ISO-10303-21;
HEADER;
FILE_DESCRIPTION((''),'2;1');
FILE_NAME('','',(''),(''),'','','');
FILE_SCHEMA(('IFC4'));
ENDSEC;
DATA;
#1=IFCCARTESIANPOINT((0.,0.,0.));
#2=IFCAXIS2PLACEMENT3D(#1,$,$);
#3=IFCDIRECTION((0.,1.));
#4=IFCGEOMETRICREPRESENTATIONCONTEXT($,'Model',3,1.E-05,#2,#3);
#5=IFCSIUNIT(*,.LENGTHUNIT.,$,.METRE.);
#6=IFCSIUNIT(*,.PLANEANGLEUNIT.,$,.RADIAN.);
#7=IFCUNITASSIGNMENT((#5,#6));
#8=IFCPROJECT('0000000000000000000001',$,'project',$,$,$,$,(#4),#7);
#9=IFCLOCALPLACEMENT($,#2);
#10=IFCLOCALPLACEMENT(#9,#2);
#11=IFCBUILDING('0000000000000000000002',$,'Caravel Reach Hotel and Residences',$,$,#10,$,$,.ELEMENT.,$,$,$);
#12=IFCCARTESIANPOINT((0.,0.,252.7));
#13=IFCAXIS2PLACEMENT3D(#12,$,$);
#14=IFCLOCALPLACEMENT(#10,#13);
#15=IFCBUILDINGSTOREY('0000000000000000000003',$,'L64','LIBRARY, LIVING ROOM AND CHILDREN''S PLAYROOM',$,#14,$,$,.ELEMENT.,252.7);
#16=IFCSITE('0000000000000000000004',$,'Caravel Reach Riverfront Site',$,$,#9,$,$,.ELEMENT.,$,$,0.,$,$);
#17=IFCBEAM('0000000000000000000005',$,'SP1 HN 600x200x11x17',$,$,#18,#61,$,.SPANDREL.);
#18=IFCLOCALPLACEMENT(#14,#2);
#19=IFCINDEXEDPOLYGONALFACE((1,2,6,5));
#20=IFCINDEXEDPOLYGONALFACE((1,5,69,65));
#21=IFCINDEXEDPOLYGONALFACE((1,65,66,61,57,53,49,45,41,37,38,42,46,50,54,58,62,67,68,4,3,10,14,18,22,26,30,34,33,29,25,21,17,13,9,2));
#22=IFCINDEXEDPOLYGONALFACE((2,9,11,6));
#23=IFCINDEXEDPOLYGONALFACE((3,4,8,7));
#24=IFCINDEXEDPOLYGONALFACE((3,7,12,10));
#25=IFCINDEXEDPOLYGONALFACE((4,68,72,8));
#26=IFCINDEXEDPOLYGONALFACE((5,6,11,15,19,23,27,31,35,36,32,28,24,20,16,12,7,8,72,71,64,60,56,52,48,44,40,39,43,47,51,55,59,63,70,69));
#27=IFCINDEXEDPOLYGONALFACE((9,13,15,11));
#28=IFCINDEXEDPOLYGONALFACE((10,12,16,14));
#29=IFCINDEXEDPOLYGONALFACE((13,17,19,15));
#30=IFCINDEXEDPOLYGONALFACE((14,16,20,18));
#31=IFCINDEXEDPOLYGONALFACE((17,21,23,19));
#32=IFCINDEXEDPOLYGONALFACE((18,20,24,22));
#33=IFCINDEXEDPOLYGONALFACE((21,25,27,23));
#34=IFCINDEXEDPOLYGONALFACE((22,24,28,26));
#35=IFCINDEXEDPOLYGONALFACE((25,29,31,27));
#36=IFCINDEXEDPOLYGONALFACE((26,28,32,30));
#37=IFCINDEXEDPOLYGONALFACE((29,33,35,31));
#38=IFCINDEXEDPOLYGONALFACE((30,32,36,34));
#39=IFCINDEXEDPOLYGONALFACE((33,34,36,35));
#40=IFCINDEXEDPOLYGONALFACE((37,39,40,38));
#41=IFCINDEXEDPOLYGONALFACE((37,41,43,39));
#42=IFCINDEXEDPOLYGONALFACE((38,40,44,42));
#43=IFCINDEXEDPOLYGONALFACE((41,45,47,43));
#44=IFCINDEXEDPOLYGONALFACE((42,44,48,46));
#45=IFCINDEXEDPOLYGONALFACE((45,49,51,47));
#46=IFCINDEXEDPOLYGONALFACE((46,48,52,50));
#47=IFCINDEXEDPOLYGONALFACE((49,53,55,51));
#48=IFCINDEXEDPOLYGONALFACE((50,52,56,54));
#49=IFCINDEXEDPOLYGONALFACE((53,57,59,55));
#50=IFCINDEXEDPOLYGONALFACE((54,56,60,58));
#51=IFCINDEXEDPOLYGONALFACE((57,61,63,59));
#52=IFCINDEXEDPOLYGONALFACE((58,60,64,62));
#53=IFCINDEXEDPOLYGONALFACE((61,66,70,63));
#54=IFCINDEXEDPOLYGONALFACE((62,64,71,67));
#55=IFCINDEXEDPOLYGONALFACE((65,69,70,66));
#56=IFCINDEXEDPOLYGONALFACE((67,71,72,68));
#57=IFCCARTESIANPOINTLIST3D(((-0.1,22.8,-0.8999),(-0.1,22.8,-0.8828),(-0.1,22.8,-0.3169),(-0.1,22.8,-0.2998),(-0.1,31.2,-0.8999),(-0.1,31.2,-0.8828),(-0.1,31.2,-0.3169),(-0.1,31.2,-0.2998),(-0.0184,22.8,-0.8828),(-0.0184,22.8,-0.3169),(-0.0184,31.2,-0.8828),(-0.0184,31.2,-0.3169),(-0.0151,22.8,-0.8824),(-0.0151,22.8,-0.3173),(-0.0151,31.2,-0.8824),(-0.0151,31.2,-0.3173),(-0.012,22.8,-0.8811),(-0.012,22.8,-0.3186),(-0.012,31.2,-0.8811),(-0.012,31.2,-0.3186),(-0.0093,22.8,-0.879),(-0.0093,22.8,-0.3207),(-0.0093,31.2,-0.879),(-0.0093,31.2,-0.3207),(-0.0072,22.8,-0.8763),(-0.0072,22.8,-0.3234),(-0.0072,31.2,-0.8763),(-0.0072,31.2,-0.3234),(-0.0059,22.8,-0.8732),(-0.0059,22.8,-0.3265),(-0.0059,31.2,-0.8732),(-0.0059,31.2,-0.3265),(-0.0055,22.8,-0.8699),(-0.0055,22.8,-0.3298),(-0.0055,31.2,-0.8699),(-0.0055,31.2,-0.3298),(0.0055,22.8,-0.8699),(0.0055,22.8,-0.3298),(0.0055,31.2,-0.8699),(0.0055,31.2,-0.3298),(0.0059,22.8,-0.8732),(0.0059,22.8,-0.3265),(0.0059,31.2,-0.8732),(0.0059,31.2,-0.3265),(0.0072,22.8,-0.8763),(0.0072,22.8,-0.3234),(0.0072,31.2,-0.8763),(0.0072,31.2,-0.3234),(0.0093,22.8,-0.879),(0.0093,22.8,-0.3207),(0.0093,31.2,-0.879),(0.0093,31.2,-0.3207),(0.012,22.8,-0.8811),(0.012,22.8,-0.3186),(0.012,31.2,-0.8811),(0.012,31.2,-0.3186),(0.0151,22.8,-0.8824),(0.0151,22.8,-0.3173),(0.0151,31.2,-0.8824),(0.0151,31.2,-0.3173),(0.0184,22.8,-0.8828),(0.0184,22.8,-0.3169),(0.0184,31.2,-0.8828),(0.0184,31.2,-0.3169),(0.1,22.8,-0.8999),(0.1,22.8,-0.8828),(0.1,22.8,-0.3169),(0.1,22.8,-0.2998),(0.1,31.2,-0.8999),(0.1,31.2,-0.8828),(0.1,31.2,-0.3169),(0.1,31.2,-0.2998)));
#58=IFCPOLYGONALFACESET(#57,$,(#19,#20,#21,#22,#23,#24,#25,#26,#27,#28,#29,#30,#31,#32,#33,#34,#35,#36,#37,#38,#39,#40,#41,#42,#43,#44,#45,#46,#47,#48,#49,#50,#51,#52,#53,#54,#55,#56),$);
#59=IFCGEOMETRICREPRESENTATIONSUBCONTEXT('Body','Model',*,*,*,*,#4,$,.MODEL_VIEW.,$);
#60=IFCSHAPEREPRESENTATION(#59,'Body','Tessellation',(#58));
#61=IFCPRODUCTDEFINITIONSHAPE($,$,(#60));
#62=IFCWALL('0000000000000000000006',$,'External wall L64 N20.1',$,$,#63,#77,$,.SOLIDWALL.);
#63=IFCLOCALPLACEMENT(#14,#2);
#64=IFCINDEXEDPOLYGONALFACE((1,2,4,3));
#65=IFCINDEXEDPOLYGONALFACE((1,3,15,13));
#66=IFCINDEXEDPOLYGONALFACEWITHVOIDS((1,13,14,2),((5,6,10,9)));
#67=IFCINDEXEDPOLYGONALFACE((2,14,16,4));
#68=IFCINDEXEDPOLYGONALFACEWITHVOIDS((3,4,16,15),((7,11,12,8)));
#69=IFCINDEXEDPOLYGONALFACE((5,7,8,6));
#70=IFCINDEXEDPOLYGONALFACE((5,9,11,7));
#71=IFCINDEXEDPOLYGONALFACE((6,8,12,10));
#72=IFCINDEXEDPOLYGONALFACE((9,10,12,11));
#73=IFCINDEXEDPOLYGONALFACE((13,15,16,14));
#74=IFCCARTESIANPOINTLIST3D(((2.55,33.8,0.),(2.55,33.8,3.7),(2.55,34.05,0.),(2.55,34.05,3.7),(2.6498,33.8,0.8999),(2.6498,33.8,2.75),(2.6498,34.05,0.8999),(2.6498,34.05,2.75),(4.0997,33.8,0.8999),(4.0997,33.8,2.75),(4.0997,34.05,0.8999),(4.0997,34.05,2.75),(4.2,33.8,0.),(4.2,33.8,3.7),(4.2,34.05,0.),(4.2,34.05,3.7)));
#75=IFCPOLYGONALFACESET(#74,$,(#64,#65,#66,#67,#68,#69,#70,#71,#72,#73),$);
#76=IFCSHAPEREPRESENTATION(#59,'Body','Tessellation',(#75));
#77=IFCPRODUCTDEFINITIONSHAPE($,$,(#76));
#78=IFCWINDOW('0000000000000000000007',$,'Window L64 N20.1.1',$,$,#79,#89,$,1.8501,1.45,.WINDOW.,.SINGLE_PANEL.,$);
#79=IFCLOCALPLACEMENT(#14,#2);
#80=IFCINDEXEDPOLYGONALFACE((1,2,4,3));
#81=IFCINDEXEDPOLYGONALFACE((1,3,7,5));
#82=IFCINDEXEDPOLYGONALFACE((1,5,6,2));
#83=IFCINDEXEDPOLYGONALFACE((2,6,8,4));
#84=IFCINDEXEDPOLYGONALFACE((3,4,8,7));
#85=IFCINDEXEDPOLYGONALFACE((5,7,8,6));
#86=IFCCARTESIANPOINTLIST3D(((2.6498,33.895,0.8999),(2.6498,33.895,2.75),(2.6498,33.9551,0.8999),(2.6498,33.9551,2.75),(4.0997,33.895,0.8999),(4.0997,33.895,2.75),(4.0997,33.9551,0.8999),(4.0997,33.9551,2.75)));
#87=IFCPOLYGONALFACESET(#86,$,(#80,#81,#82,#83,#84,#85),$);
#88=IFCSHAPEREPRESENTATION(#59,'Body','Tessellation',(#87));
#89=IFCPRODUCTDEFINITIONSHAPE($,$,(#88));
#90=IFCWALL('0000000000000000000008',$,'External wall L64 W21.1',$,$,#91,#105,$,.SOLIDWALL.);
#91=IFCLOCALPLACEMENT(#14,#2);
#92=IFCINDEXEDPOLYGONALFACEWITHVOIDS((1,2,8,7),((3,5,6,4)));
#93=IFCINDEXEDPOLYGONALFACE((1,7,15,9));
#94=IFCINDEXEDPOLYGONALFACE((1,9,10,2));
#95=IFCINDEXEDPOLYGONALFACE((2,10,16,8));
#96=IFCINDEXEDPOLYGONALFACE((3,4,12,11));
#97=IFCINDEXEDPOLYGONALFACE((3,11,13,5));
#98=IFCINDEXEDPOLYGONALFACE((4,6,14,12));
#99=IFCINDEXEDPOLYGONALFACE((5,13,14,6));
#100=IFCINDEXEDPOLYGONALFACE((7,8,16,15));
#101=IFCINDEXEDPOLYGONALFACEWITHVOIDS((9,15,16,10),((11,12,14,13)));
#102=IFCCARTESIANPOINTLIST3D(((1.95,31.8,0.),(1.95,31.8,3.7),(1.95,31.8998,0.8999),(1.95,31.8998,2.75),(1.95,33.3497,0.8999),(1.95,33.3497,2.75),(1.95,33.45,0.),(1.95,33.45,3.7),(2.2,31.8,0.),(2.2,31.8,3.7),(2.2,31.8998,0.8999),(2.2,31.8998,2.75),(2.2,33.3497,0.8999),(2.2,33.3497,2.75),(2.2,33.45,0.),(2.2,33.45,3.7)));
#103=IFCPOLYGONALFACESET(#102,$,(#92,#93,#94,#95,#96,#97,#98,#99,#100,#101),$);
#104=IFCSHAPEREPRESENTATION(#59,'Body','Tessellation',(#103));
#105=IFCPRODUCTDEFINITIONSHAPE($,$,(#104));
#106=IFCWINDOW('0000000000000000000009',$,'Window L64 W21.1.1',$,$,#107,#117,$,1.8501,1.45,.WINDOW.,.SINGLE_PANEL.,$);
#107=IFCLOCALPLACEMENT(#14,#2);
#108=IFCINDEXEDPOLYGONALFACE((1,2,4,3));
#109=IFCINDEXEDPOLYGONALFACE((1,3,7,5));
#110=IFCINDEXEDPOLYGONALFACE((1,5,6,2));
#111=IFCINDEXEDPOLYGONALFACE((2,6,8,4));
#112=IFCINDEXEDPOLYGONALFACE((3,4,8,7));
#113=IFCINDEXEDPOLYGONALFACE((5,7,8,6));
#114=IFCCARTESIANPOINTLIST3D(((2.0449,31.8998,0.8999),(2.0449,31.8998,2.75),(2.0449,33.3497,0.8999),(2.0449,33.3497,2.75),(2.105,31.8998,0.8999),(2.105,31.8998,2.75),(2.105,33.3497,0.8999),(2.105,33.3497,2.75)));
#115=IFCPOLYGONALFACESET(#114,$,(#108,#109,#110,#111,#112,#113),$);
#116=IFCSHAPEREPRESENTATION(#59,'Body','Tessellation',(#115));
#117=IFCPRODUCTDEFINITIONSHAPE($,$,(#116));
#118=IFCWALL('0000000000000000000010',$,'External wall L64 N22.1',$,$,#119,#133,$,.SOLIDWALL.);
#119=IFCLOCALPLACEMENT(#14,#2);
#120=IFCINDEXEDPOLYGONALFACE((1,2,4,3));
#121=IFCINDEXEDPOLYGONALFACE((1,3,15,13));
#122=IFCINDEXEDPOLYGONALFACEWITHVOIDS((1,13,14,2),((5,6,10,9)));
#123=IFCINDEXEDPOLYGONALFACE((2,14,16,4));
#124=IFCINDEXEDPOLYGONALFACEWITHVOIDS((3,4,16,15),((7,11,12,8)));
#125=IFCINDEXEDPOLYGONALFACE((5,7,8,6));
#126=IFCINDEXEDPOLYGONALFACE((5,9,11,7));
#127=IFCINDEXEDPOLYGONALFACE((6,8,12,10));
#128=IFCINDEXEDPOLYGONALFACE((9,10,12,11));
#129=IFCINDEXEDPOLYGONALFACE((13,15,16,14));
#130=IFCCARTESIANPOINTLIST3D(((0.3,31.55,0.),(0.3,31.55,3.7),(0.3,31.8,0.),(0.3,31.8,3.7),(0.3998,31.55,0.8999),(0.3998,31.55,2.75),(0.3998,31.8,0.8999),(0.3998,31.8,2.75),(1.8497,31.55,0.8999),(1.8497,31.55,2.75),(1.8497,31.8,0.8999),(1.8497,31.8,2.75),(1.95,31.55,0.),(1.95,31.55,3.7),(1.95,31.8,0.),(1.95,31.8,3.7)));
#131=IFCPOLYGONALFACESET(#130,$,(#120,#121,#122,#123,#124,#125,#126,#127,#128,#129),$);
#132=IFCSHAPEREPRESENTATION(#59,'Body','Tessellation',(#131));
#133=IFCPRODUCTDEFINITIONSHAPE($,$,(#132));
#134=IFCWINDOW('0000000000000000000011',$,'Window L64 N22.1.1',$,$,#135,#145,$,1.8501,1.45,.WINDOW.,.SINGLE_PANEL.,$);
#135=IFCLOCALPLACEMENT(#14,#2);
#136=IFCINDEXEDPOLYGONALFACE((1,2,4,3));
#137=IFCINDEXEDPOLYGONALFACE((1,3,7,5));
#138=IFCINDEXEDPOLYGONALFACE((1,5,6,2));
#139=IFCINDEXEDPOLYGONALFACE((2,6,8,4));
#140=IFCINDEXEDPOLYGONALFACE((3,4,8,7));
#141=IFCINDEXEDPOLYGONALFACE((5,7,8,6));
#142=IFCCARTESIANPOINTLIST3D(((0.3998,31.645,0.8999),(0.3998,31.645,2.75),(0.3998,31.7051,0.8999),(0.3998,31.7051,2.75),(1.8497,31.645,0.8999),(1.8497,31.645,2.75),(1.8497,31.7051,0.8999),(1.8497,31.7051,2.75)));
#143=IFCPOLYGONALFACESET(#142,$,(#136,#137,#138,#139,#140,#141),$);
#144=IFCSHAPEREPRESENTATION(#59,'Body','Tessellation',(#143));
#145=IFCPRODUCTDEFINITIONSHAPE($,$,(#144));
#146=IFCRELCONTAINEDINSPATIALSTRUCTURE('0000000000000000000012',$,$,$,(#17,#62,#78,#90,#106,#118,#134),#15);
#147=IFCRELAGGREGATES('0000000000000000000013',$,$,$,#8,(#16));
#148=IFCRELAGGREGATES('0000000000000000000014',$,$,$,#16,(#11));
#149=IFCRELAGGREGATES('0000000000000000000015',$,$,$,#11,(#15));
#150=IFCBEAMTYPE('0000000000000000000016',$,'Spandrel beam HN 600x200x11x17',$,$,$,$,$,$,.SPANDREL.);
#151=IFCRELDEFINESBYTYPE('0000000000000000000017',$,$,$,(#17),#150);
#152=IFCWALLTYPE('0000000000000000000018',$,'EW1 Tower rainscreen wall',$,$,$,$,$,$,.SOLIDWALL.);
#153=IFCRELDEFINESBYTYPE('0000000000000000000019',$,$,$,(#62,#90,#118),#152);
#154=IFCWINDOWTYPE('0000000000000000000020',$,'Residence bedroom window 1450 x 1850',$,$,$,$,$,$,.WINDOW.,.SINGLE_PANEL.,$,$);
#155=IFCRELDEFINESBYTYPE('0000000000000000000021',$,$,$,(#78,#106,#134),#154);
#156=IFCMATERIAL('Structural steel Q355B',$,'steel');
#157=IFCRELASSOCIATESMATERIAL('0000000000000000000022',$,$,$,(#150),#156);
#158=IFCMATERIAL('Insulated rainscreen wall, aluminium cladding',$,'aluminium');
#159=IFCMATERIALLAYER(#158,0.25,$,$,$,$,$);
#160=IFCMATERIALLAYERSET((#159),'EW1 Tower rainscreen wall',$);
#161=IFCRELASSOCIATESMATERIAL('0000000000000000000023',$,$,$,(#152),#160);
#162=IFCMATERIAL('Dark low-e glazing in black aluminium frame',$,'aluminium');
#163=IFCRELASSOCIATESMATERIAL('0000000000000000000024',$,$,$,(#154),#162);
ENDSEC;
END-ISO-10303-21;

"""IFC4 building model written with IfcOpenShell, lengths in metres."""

from ifc_helpers import new_model, si_unit, direction, frame, frame_2d, origin, origin_2d, place, context, subcontext, project, spatial, rectangle, i_section, extrude, material, layer, layer_set, material_profile, profile_set, type_object, element, fill, save


model = new_model("IFC4")

# Units and contexts
model_context = context("Model", 3, precision=1e-05, world=origin(), true_north=direction((0.0, 1.0)))
body_context = subcontext(model_context, "Body", "Model", "MODEL_VIEW")
ifc_project = project(units=[si_unit("LENGTHUNIT", "METRE"), si_unit("PLANEANGLEUNIT", "RADIAN")], contexts=[model_context])

# Site, building, storey
site_placement = place(None, origin())
site = spatial("IfcSite", under=ifc_project, at=site_placement, Name="Caravel Reach Riverfront Site", CompositionType="ELEMENT", RefElevation=0.0)
building_placement = place(site_placement, origin())
building = spatial("IfcBuilding", under=site, at=building_placement, Name="Caravel Reach Hotel and Residences", CompositionType="ELEMENT")
storey_placement = place(building_placement, frame((0.0, 0.0, 252.7)))
storey = spatial("IfcBuildingStorey", under=building, at=storey_placement, Name="L64", Description="LIBRARY, LIVING ROOM AND CHILDREN'S PLAYROOM", CompositionType="ELEMENT", Elevation=252.7)

# Beam
ifc_material_1 = material(Name="Structural steel Q355B", Category="steel")
ifc_material_profile_1 = material_profile(ifc_material_1, i_section(OverallWidth=0.2, OverallDepth=0.6001, WebThickness=0.011, FlangeThickness=0.0171, FilletRadius=0.0129, at=origin_2d()), Name="HN 600x200x11x17")
ifc_profile_set_1 = profile_set([ifc_material_profile_1], Name="Structural steel Q355B")
beam_type = type_object("IfcBeamType", Name="Spandrel beam HN 600x200x11x17", PredefinedType="SPANDREL", material=ifc_profile_set_1)
beam_placement = place(storey_placement, frame((0.0, 31.2, -0.5999), z_axis=(0.0, -1.0, 0.0), x_axis=(1.0, 0.0, 0.0)))
element("IfcBeam", 1, at=beam_placement, inside=storey, type_object=beam_type, Name="SP1 HN 600x200x11x17", PredefinedType="SPANDREL", context=body_context, shape_type="SweptSolid", body=[
    extrude(i_section(OverallWidth=0.2, OverallDepth=0.6001, WebThickness=0.011, FlangeThickness=0.0171, FilletRadius=0.0129, at=origin_2d()), origin(), (0.0, 0.0, 1.0), 8.3999),
])

# Walls, openings, windows
ifc_material_2 = material(Name="Insulated rainscreen wall, aluminium cladding", Category="aluminium")
ifc_layer = layer(ifc_material_2, 0.25)
ifc_layer_set = layer_set([ifc_layer], Name="EW1 Tower rainscreen wall")
wall_type = type_object("IfcWallType", Name="EW1 Tower rainscreen wall", PredefinedType="SOLIDWALL", material=ifc_layer_set)
wall_1_placement = place(storey_placement, frame((4.2, 33.925, 0.0), z_axis=(0.0, 0.0, 1.0), x_axis=(-1.0, 0.0, 0.0)))
wall_1 = element("IfcWall", 2, at=wall_1_placement, inside=storey, type_object=wall_type, Name="External wall L64 N20.1", PredefinedType="SOLIDWALL", context=body_context, shape_type="SweptSolid", body=[
    extrude(rectangle(XDim=1.6499, YDim=0.25, at=frame_2d((0.825, 0.0))), origin(), (0.0, 0.0, 1.0), 3.7),
])
opening_1_placement = place(wall_1_placement, frame((0.1001, 0.0, 0.8999)))
opening_1 = element("IfcOpeningElement", 3, at=opening_1_placement, cuts=wall_1, PredefinedType="OPENING", context=body_context, shape_type="SweptSolid", body=[
    extrude(rectangle(XDim=1.45, YDim=1.8501, at=frame_2d((0.7251, 0.925))), frame((0.0, 0.135, 0.0), z_axis=(0.0, -1.0, 0.0), x_axis=(1.0, 0.0, 0.0)), (0.0, 0.0, 1.0), 0.27),
])
ifc_material_3 = material(Name="Dark low-e glazing in black aluminium frame", Category="aluminium")
window_type_1 = type_object("IfcWindowType", Name="Residence bedroom window 1450 x 1850", PartitioningType="SINGLE_PANEL", PredefinedType="WINDOW", material=ifc_material_3)
window_1_placement = place(opening_1_placement, origin())
window_1 = element("IfcWindow", 4, at=window_1_placement, inside=storey, type_object=window_type_1, Name="Window L64 N20.1.1", OverallHeight=1.8501, OverallWidth=1.45, PartitioningType="SINGLE_PANEL", PredefinedType="WINDOW", context=body_context, shape_type="SweptSolid", body=[
    extrude(rectangle(XDim=1.45, YDim=1.8501, at=frame_2d((0.7251, 0.925))), frame((0.0, 0.03, 0.0), z_axis=(0.0, -1.0, 0.0), x_axis=(1.0, 0.0, 0.0)), (0.0, 0.0, 1.0), 0.0601),
])
fill(opening_1, window_1)
wall_2_placement = place(storey_placement, frame((2.075, 33.45, 0.0), z_axis=(0.0, 0.0, 1.0), x_axis=(0.0, -1.0, 0.0)))
wall_2 = element("IfcWall", 5, at=wall_2_placement, inside=storey, type_object=wall_type, Name="External wall L64 W21.1", PredefinedType="SOLIDWALL", context=body_context, shape_type="SweptSolid", body=[
    extrude(rectangle(XDim=1.6499, YDim=0.25, at=frame_2d((0.825, 0.0))), origin(), (0.0, 0.0, 1.0), 3.7),
])
opening_2_placement = place(wall_2_placement, frame((0.1001, 0.0, 0.8999)))
opening_2 = element("IfcOpeningElement", 6, at=opening_2_placement, cuts=wall_2, PredefinedType="OPENING", context=body_context, shape_type="SweptSolid", body=[
    extrude(rectangle(XDim=1.45, YDim=1.8501, at=frame_2d((0.7251, 0.925))), frame((0.0, 0.135, 0.0), z_axis=(0.0, -1.0, 0.0), x_axis=(1.0, 0.0, 0.0)), (0.0, 0.0, 1.0), 0.27),
])
window_2_placement = place(opening_2_placement, origin())
window_2 = element("IfcWindow", 7, at=window_2_placement, inside=storey, type_object=window_type_1, Name="Window L64 W21.1.1", OverallHeight=1.8501, OverallWidth=1.45, PartitioningType="SINGLE_PANEL", PredefinedType="WINDOW", context=body_context, shape_type="SweptSolid", body=[
    extrude(rectangle(XDim=1.45, YDim=1.8501, at=frame_2d((0.7251, 0.925))), frame((0.0, 0.03, 0.0), z_axis=(0.0, -1.0, 0.0), x_axis=(1.0, 0.0, 0.0)), (0.0, 0.0, 1.0), 0.0601),
])
fill(opening_2, window_2)
wall_3_placement = place(storey_placement, frame((1.95, 31.675, 0.0), z_axis=(0.0, 0.0, 1.0), x_axis=(-1.0, 0.0, 0.0)))
wall_3 = element("IfcWall", 8, at=wall_3_placement, inside=storey, type_object=wall_type, Name="External wall L64 N22.1", PredefinedType="SOLIDWALL", context=body_context, shape_type="SweptSolid", body=[
    extrude(rectangle(XDim=1.6499, YDim=0.25, at=frame_2d((0.825, 0.0))), origin(), (0.0, 0.0, 1.0), 3.7),
])
opening_3_placement = place(wall_3_placement, frame((0.1001, 0.0, 0.8999)))
opening_3 = element("IfcOpeningElement", 9, at=opening_3_placement, cuts=wall_3, PredefinedType="OPENING", context=body_context, shape_type="SweptSolid", body=[
    extrude(rectangle(XDim=1.45, YDim=1.8501, at=frame_2d((0.7251, 0.925))), frame((0.0, 0.135, 0.0), z_axis=(0.0, -1.0, 0.0), x_axis=(1.0, 0.0, 0.0)), (0.0, 0.0, 1.0), 0.27),
])
window_3_placement = place(opening_3_placement, origin())
window_3 = element("IfcWindow", 10, at=window_3_placement, inside=storey, type_object=window_type_1, Name="Window L64 N22.1.1", OverallHeight=1.8501, OverallWidth=1.45, PartitioningType="SINGLE_PANEL", PredefinedType="WINDOW", context=body_context, shape_type="SweptSolid", body=[
    extrude(rectangle(XDim=1.45, YDim=1.8501, at=frame_2d((0.7251, 0.925))), frame((0.0, 0.03, 0.0), z_axis=(0.0, -1.0, 0.0), x_axis=(1.0, 0.0, 0.0)), (0.0, 0.0, 1.0), 0.0601),
])
fill(opening_3, window_3)

save(model, "model.ifc")
